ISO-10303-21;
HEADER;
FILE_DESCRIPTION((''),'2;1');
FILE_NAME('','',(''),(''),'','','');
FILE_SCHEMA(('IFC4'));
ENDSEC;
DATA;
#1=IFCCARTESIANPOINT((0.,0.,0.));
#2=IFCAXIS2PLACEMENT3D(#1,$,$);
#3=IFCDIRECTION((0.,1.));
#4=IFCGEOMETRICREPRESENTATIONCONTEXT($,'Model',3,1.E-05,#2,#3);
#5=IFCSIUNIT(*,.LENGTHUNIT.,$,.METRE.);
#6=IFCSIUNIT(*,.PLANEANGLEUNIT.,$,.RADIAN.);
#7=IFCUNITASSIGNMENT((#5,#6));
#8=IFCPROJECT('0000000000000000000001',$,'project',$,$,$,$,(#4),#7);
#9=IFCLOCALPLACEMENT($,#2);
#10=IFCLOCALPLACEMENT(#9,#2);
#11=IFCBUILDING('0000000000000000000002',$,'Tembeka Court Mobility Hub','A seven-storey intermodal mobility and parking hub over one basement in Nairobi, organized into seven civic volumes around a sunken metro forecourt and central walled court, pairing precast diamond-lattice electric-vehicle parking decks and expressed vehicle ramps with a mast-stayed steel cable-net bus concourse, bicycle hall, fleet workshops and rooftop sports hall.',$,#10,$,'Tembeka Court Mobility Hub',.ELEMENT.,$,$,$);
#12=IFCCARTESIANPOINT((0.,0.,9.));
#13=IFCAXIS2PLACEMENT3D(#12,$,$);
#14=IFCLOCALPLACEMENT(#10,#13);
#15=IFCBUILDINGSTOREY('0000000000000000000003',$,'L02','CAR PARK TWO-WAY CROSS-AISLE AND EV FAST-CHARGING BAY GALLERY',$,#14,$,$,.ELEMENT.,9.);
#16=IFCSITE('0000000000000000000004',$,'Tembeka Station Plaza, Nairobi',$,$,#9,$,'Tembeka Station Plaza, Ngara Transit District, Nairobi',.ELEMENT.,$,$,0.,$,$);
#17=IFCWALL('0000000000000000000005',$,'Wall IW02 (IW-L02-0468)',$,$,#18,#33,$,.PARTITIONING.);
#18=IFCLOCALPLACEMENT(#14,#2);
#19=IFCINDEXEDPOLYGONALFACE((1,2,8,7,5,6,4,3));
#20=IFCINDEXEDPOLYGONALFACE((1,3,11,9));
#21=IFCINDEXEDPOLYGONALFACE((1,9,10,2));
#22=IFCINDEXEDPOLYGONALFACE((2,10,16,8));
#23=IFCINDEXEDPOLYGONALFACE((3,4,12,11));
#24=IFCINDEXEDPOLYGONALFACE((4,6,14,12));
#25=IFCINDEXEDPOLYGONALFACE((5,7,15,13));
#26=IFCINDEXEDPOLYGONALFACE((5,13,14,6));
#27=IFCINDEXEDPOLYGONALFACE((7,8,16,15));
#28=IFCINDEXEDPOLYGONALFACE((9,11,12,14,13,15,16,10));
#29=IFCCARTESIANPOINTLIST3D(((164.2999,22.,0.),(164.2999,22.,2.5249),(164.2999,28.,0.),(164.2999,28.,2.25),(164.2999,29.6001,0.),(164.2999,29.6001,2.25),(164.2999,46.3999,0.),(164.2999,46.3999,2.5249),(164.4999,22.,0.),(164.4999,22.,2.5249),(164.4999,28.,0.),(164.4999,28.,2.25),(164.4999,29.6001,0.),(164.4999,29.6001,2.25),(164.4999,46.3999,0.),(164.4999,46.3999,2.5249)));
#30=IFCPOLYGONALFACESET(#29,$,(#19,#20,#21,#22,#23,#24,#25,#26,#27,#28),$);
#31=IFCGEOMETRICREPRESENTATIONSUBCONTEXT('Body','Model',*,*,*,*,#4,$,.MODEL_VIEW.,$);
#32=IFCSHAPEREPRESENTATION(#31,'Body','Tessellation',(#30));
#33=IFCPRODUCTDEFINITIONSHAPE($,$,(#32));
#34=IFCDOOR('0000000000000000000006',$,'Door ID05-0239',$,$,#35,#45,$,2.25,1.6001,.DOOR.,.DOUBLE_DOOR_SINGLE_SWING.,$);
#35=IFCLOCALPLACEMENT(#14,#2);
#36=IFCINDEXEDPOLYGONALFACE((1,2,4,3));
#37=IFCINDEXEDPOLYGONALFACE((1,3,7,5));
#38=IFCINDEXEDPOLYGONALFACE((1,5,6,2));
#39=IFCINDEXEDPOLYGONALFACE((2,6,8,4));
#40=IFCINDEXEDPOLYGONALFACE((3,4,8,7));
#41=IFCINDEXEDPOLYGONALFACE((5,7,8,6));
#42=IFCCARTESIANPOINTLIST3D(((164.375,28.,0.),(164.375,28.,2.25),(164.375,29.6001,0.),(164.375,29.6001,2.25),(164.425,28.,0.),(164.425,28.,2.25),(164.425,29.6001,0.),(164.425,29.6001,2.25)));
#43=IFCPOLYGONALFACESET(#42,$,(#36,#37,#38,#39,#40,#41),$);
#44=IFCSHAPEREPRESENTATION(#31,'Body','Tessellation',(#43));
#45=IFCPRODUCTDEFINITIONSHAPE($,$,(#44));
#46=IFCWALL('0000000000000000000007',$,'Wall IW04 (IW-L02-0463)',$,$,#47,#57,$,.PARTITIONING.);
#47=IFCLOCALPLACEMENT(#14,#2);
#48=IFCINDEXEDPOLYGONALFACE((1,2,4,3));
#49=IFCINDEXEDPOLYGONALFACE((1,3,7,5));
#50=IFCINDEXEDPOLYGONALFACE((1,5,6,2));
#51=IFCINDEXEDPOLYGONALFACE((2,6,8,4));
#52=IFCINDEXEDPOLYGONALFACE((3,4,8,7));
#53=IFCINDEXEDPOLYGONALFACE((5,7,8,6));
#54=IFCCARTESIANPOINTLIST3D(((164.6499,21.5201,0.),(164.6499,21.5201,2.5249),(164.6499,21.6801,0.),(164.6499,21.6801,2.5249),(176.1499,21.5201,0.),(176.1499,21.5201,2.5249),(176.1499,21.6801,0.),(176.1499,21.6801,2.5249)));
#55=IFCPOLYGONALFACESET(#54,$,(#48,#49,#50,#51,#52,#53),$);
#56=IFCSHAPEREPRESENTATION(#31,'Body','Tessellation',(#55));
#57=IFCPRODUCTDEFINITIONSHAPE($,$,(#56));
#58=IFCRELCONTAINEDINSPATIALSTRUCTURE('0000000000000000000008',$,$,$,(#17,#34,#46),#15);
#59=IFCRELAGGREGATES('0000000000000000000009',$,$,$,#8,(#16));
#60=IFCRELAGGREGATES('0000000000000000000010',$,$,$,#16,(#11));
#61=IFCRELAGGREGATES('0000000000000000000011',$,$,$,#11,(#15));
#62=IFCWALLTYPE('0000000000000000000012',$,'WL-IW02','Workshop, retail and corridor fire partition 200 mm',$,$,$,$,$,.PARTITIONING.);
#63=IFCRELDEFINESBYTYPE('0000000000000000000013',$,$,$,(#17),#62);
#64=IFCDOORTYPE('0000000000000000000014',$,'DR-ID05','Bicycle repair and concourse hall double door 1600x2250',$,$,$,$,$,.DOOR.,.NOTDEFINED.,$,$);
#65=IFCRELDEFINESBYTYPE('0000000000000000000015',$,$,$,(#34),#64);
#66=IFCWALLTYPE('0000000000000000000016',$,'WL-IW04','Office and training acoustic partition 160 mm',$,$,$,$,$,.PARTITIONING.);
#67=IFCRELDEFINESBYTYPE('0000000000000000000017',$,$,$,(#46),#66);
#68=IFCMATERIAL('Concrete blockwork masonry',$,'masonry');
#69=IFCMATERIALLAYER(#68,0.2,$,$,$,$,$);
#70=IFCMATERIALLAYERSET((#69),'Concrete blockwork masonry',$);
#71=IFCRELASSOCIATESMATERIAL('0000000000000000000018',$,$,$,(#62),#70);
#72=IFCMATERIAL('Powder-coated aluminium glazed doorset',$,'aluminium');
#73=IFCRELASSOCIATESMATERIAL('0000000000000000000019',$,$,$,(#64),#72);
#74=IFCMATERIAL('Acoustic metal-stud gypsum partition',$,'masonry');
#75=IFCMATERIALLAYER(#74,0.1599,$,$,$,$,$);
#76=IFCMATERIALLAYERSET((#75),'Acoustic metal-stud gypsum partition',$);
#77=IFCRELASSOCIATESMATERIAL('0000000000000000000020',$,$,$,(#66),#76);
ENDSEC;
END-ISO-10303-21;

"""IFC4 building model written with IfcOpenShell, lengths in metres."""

from ifc_helpers import new_model, si_unit, direction, frame, frame_2d, origin, place, context, subcontext, project, spatial, rectangle, extrude, material, layer, layer_set, type_object, element, fill, save


model = new_model("IFC4")

# Units and contexts
model_context = context("Model", 3, precision=1e-05, world=origin(), true_north=direction((0.0, 1.0)))
body_context = subcontext(model_context, "Body", "Model", "MODEL_VIEW")
ifc_project = project(units=[si_unit("LENGTHUNIT", "METRE"), si_unit("PLANEANGLEUNIT", "RADIAN")], contexts=[model_context])

# Site, building, storey
site_placement = place(None, origin())
site = spatial("IfcSite", under=ifc_project, at=site_placement, Name="Tembeka Station Plaza, Nairobi", LongName="Tembeka Station Plaza, Ngara Transit District, Nairobi", CompositionType="ELEMENT", RefElevation=0.0)
building_placement = place(site_placement, origin())
building = spatial("IfcBuilding", under=site, at=building_placement, Name="Tembeka Court Mobility Hub", Description="A seven-storey intermodal mobility and parking hub over one basement in Nairobi, organized into seven civic volumes around a sunken metro forecourt and central walled court, pairing precast diamond-lattice electric-vehicle parking decks and expressed vehicle ramps with a mast-stayed steel cable-net bus concourse, bicycle hall, fleet workshops and rooftop sports hall.", LongName="Tembeka Court Mobility Hub", CompositionType="ELEMENT")
storey_placement = place(building_placement, frame((0.0, 0.0, 9.0)))
storey = spatial("IfcBuildingStorey", under=building, at=storey_placement, Name="L02", Description="CAR PARK TWO-WAY CROSS-AISLE AND EV FAST-CHARGING BAY GALLERY", CompositionType="ELEMENT", Elevation=9.0)

# Wall, opening, door
ifc_material_1 = material(Name="Concrete blockwork masonry", Category="masonry")
ifc_layer_1 = layer(ifc_material_1, 0.2)
ifc_layer_set_1 = layer_set([ifc_layer_1], Name="Concrete blockwork masonry")
wall_type_1 = type_object("IfcWallType", Name="WL-IW02", Description="Workshop, retail and corridor fire partition 200 mm", PredefinedType="PARTITIONING", material=ifc_layer_set_1)
wall_1_placement = place(storey_placement, frame((164.3999, 22.0, 0.0), z_axis=(0.0, 0.0, 1.0), x_axis=(0.0, 1.0, 0.0)))
wall_1 = element("IfcWall", 1, at=wall_1_placement, inside=storey, type_object=wall_type_1, Name="Wall IW02 (IW-L02-0468)", PredefinedType="PARTITIONING", context=body_context, shape_type="SweptSolid", body=[
    extrude(rectangle(XDim=24.3999, YDim=0.2, at=frame_2d((12.2, 0.0))), origin(), (0.0, 0.0, 1.0), 2.5249),
])
opening_placement = place(wall_1_placement, frame((6.0, 0.0, 0.0)))
opening = element("IfcOpeningElement", 2, at=opening_placement, cuts=wall_1, PredefinedType="OPENING", context=body_context, shape_type="SweptSolid", body=[
    extrude(rectangle(XDim=1.6001, YDim=2.25, at=frame_2d((0.8, 1.125))), frame((0.0, 0.1099, 0.0), z_axis=(0.0, -1.0, 0.0), x_axis=(1.0, 0.0, 0.0)), (0.0, 0.0, 1.0), 0.22),
])
ifc_material_2 = material(Name="Powder-coated aluminium glazed doorset", Category="aluminium")
door_type = type_object("IfcDoorType", Name="DR-ID05", Description="Bicycle repair and concourse hall double door 1600x2250", OperationType="NOTDEFINED", PredefinedType="DOOR", material=ifc_material_2)
door_placement = place(opening_placement, origin())
door = element("IfcDoor", 3, at=door_placement, inside=storey, type_object=door_type, Name="Door ID05-0239", OperationType="DOUBLE_DOOR_SINGLE_SWING", OverallHeight=2.25, OverallWidth=1.6001, PredefinedType="DOOR", context=body_context, shape_type="SweptSolid", body=[
    extrude(rectangle(XDim=1.6001, YDim=2.25, at=frame_2d((0.8, 1.125))), frame((0.0, 0.0249, 0.0), z_axis=(0.0, -1.0, 0.0), x_axis=(1.0, 0.0, 0.0)), (0.0, 0.0, 1.0), 0.05),
])
fill(opening, door)

# Wall
ifc_material_3 = material(Name="Acoustic metal-stud gypsum partition", Category="masonry")
ifc_layer_2 = layer(ifc_material_3, 0.1599)
ifc_layer_set_2 = layer_set([ifc_layer_2], Name="Acoustic metal-stud gypsum partition")
wall_type_2 = type_object("IfcWallType", Name="WL-IW04", Description="Office and training acoustic partition 160 mm", PredefinedType="PARTITIONING", material=ifc_layer_set_2)
wall_2_placement = place(storey_placement, frame((164.6499, 21.6001, 0.0), z_axis=(0.0, 0.0, 1.0), x_axis=(1.0, 0.0, 0.0)))
element("IfcWall", 4, at=wall_2_placement, inside=storey, type_object=wall_type_2, Name="Wall IW04 (IW-L02-0463)", PredefinedType="PARTITIONING", context=body_context, shape_type="SweptSolid", body=[
    extrude(rectangle(XDim=11.5, YDim=0.1599, at=frame_2d((5.75, 0.0))), origin(), (0.0, 0.0, 1.0), 2.5249),
])

save(model, "model.ifc")
